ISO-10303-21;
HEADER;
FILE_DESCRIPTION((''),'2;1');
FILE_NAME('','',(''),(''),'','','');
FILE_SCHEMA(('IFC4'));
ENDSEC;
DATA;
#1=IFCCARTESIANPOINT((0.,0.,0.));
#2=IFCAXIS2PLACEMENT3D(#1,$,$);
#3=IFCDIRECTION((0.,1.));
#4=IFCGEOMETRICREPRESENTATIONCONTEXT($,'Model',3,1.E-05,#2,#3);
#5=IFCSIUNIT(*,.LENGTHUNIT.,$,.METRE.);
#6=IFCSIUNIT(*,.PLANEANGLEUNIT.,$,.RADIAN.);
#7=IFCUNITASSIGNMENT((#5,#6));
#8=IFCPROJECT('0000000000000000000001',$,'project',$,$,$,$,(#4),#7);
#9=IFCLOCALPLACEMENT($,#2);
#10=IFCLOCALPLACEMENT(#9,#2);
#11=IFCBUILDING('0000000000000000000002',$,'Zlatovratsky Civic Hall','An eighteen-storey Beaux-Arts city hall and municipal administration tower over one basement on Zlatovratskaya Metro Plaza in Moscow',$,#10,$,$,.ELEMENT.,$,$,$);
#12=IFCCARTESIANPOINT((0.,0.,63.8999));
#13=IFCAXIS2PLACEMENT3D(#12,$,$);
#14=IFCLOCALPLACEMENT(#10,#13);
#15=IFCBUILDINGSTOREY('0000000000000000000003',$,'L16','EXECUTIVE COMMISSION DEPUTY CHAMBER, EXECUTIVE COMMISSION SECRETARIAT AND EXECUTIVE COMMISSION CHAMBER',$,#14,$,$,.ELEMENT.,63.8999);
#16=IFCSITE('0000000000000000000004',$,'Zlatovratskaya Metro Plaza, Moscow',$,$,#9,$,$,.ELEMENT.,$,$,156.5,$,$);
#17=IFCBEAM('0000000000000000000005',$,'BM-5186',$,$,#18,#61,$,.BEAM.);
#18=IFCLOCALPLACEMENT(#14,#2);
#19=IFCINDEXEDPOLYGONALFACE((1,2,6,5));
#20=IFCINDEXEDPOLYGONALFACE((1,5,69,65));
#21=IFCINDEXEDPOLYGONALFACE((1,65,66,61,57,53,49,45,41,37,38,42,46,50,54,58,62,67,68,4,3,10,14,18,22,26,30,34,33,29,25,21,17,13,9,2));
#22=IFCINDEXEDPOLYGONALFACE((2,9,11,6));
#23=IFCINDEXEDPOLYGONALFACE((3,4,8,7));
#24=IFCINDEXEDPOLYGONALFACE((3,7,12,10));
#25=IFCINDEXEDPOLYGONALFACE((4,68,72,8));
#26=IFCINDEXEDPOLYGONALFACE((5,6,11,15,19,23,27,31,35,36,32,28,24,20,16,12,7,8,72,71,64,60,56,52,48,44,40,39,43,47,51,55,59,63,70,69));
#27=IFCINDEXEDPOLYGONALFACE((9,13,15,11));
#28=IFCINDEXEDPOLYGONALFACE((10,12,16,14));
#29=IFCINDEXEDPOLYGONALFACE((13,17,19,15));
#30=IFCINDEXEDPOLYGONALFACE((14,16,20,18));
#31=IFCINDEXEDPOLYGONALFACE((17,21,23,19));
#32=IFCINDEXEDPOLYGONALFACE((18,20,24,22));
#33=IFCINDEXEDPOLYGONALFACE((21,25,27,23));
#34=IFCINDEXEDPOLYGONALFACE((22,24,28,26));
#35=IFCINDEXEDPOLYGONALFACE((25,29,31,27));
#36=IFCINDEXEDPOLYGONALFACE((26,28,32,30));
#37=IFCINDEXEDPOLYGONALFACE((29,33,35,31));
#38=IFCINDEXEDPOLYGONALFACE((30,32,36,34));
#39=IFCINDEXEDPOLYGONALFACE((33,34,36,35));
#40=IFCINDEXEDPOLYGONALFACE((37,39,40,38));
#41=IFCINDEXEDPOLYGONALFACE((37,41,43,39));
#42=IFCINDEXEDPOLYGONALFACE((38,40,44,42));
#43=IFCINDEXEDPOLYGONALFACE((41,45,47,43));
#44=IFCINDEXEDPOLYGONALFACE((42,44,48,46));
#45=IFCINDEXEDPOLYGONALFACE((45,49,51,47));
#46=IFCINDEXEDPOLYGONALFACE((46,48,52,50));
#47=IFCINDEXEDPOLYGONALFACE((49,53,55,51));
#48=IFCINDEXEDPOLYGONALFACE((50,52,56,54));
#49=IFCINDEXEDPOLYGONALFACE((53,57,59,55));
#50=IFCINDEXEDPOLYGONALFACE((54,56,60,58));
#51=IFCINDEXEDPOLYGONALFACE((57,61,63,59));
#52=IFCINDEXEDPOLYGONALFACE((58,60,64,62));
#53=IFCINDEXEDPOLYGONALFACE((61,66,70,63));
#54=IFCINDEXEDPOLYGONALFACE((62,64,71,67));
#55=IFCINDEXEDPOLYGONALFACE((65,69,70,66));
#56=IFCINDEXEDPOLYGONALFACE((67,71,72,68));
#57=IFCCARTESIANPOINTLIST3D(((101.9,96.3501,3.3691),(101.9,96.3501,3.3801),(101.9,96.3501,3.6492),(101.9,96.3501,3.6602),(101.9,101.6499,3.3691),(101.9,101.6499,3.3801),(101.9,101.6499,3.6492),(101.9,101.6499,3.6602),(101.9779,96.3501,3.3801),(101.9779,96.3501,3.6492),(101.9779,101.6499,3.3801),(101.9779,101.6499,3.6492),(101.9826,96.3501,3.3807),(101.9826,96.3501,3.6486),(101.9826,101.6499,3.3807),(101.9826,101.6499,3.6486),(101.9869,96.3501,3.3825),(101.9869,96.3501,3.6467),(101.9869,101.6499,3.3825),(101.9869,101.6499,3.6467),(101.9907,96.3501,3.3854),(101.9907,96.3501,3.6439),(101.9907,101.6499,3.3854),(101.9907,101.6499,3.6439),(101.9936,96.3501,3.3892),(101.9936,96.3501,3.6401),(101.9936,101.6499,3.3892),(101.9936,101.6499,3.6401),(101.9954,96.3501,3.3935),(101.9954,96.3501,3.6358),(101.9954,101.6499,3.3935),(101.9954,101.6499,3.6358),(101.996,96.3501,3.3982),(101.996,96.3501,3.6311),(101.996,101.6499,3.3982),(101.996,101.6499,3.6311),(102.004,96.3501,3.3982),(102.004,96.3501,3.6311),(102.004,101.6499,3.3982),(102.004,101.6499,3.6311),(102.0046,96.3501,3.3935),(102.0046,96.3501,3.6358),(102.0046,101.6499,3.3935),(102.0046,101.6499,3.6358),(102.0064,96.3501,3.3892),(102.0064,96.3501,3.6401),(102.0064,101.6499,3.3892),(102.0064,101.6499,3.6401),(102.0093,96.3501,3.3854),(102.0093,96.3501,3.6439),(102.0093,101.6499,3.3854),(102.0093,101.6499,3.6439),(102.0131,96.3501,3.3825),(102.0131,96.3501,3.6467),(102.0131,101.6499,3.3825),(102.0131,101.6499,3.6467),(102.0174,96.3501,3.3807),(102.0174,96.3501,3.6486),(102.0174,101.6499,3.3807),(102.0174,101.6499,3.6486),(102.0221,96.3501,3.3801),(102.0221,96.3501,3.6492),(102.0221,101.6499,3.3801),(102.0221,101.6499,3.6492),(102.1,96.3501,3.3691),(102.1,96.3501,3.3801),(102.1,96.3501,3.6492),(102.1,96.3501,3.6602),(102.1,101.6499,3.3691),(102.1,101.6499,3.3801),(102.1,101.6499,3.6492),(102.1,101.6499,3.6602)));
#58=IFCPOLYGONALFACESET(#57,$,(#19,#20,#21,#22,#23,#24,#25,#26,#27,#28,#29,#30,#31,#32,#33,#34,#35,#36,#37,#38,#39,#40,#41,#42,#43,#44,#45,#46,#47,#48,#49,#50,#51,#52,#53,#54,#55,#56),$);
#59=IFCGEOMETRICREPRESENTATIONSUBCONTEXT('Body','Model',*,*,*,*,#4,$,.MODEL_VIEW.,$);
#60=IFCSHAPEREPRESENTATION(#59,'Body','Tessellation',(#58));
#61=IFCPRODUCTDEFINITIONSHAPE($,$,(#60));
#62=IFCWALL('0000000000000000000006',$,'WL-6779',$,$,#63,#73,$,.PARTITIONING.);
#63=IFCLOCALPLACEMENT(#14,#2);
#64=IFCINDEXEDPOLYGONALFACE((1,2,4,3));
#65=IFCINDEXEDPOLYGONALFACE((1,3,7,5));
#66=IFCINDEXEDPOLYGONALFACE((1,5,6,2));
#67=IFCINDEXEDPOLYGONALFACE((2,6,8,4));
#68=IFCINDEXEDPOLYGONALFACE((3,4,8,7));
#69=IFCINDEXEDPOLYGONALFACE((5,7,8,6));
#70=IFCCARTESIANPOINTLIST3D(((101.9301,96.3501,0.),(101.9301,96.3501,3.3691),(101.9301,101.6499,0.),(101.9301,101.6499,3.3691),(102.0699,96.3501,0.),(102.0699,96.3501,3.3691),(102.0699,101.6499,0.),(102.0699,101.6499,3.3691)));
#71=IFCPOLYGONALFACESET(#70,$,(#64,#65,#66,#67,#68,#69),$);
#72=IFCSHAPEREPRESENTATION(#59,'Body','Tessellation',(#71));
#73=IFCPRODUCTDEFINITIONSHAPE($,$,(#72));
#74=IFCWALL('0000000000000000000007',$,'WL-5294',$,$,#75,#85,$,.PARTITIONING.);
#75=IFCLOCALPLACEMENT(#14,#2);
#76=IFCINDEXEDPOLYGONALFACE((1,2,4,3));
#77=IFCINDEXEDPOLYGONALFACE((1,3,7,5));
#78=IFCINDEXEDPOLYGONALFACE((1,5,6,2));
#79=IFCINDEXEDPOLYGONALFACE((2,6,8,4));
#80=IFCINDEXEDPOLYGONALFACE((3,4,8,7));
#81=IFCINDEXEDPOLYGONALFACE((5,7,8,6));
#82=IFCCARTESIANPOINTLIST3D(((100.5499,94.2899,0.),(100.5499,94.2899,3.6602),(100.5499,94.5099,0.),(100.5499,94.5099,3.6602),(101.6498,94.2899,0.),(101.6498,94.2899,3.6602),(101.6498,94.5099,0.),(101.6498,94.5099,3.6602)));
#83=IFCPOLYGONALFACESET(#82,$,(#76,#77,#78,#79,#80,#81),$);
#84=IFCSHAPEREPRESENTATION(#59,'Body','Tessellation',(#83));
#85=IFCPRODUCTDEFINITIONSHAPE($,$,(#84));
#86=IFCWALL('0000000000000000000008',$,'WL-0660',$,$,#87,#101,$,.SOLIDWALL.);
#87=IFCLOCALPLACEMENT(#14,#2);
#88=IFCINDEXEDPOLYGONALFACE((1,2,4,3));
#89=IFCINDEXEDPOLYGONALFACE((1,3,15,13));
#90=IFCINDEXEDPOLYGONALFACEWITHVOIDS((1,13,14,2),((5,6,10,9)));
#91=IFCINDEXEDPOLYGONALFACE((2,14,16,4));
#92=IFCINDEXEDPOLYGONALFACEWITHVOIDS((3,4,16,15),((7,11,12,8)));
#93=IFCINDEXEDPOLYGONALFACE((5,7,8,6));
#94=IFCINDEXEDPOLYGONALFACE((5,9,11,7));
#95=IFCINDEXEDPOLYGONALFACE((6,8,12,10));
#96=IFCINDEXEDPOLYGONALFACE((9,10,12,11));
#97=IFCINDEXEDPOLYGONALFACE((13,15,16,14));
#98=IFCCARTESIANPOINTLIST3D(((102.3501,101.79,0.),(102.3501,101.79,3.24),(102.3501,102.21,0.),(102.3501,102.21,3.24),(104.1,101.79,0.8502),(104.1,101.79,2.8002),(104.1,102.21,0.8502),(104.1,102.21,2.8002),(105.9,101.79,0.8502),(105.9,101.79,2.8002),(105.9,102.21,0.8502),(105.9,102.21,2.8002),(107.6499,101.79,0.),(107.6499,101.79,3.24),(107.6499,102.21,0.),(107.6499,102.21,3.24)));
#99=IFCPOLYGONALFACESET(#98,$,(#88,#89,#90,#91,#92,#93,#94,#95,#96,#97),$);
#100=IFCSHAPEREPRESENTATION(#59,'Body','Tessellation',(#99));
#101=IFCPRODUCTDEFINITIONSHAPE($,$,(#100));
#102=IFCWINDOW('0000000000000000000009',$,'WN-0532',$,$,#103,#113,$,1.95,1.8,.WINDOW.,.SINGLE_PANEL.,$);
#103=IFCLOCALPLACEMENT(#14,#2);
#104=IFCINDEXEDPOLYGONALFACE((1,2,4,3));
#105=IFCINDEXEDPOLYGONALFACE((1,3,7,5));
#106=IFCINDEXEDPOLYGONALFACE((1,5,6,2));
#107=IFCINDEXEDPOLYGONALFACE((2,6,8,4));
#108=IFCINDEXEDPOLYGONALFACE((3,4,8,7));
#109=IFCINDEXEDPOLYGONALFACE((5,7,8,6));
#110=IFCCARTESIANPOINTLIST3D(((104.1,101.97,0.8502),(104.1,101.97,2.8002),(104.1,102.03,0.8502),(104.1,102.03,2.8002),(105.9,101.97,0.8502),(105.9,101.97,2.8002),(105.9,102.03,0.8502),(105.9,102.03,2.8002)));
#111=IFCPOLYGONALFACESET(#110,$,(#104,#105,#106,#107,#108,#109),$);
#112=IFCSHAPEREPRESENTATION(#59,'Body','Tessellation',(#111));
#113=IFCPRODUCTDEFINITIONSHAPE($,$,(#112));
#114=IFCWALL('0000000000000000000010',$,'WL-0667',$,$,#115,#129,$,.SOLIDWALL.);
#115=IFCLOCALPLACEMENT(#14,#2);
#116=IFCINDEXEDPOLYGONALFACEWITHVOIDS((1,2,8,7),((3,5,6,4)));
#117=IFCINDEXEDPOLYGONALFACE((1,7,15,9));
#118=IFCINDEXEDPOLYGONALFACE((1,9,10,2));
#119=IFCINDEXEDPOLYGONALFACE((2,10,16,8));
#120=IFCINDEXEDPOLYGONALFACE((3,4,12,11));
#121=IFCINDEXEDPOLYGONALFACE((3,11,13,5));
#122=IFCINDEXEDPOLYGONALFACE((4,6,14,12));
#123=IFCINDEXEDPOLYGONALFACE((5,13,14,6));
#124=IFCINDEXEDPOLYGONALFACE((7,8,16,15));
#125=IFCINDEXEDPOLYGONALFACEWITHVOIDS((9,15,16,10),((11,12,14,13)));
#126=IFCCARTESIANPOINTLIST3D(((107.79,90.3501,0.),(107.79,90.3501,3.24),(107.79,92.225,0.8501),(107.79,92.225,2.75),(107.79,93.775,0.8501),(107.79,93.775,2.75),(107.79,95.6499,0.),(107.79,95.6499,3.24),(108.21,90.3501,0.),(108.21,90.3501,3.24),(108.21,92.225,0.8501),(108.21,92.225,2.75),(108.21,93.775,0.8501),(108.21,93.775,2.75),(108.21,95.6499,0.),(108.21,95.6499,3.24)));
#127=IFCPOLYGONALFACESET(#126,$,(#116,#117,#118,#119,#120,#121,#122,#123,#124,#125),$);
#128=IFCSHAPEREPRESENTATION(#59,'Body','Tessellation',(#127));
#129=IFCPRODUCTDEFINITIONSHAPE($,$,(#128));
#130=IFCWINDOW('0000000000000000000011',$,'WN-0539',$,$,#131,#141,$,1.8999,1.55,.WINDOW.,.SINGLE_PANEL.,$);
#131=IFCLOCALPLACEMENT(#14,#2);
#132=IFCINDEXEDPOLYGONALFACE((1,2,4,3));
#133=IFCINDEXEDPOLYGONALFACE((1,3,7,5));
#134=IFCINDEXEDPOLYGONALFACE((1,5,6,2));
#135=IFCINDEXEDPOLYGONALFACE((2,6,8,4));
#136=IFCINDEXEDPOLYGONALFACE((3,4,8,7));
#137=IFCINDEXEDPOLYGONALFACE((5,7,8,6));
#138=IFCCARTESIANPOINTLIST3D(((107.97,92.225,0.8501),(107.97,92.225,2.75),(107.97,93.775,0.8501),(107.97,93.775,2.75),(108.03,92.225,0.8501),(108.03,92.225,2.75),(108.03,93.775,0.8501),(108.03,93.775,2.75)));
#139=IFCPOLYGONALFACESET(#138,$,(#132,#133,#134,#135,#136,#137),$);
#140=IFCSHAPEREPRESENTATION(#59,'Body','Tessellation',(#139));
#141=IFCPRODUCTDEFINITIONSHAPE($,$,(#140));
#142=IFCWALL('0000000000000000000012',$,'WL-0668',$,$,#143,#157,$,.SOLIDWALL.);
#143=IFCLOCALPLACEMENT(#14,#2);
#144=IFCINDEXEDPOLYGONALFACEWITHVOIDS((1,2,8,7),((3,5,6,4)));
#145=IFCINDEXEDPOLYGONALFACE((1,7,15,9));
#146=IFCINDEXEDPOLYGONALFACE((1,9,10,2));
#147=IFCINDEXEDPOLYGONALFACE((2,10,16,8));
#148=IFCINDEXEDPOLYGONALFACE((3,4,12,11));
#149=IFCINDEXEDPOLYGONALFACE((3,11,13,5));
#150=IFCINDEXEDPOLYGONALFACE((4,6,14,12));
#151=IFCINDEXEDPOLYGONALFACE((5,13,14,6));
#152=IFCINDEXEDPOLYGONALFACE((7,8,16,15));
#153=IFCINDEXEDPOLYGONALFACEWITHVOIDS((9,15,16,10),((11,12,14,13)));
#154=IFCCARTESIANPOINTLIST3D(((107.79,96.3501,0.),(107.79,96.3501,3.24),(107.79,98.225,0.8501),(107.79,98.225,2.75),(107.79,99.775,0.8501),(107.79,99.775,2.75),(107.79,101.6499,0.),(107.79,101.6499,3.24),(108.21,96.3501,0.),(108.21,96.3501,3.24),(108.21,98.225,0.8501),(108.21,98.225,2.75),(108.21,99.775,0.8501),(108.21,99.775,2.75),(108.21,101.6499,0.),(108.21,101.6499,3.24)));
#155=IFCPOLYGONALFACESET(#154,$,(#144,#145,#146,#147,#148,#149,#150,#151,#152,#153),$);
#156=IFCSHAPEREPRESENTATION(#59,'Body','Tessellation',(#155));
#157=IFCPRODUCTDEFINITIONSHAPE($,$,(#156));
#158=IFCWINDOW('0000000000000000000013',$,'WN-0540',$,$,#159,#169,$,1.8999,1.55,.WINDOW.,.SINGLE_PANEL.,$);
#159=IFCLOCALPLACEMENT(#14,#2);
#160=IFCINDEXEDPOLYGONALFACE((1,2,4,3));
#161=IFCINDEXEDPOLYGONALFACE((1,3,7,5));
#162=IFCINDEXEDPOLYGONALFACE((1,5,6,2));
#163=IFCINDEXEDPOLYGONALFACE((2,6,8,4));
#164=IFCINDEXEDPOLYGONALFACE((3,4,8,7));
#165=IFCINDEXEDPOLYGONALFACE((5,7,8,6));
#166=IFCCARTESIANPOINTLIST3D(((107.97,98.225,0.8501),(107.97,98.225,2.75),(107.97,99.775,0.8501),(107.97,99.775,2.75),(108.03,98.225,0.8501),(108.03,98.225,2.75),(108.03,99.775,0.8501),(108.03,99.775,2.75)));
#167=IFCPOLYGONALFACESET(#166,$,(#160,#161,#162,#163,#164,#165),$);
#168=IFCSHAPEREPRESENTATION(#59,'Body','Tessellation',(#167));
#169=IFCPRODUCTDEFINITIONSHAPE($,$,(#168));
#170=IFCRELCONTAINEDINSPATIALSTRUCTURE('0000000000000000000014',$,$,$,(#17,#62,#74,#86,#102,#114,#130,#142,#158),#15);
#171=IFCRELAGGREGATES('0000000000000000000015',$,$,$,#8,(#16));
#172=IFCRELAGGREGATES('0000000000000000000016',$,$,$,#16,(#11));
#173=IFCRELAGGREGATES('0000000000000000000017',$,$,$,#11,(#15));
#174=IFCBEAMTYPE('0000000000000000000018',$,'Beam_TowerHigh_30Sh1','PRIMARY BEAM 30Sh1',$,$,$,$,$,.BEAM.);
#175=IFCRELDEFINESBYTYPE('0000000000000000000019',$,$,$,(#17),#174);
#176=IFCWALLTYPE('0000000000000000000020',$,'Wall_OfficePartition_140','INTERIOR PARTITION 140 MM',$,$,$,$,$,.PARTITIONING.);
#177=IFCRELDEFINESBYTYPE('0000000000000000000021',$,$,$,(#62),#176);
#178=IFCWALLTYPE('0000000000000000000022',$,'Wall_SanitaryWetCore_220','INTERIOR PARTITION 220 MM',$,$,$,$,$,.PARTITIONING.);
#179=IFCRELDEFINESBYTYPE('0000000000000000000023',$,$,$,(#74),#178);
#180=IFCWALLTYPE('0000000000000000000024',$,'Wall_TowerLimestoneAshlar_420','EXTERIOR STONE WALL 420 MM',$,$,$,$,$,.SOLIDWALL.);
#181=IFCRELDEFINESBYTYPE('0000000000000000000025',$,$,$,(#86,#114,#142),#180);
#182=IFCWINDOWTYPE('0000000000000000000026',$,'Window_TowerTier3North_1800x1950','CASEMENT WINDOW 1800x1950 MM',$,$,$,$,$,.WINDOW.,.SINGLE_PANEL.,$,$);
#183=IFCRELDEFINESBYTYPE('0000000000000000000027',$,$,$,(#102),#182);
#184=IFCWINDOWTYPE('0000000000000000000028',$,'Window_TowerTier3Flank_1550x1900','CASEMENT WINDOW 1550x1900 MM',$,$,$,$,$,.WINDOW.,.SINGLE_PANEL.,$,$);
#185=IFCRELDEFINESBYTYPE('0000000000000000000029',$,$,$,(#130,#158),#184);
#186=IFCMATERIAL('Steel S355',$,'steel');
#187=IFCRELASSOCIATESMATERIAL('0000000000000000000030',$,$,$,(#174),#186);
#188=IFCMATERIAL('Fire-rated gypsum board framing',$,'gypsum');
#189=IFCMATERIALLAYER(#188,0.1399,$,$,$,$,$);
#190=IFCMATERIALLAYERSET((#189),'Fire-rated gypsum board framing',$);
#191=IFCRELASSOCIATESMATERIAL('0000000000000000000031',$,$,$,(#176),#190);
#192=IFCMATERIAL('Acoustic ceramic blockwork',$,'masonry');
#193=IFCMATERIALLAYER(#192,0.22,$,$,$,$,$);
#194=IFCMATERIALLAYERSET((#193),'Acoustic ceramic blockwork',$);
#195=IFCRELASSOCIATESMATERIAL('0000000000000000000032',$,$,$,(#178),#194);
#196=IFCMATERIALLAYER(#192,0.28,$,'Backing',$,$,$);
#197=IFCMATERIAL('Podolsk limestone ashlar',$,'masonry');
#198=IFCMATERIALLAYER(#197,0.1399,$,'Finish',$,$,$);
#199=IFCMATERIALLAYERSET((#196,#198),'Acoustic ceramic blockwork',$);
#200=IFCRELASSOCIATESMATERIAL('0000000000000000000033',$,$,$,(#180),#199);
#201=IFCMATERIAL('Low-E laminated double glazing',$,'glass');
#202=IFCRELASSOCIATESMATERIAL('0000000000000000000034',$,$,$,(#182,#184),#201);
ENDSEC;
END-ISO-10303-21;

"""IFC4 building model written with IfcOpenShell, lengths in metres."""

from ifc_helpers import new_model, si_unit, direction, frame, frame_2d, origin, origin_2d, place, context, subcontext, project, spatial, rectangle, i_section, extrude, material, layer, layer_set, material_profile, profile_set, type_object, element, fill, save


model = new_model("IFC4")

# Units and contexts
model_context = context("Model", 3, precision=1e-05, world=origin(), true_north=direction((0.0, 1.0)))
body_context = subcontext(model_context, "Body", "Model", "MODEL_VIEW")
ifc_project = project(units=[si_unit("LENGTHUNIT", "METRE"), si_unit("PLANEANGLEUNIT", "RADIAN")], contexts=[model_context])

# Site, building, storey
site_placement = place(None, origin())
site = spatial("IfcSite", under=ifc_project, at=site_placement, Name="Zlatovratskaya Metro Plaza, Moscow", CompositionType="ELEMENT", RefElevation=156.5)
building_placement = place(site_placement, origin())
building = spatial("IfcBuilding", under=site, at=building_placement, Name="Zlatovratsky Civic Hall", Description="An eighteen-storey Beaux-Arts city hall and municipal administration tower over one basement on Zlatovratskaya Metro Plaza in Moscow", CompositionType="ELEMENT")
storey_placement = place(building_placement, frame((0.0, 0.0, 63.8999)))
storey = spatial("IfcBuildingStorey", under=building, at=storey_placement, Name="L16", Description="EXECUTIVE COMMISSION DEPUTY CHAMBER, EXECUTIVE COMMISSION SECRETARIAT AND EXECUTIVE COMMISSION CHAMBER", CompositionType="ELEMENT", Elevation=63.8999)

# Beam
ifc_material_1 = material(Name="Steel S355", Category="steel")
ifc_material_profile_1 = material_profile(ifc_material_1, i_section(OverallWidth=0.2, OverallDepth=0.291, WebThickness=0.0081, FlangeThickness=0.011, FilletRadius=0.0181, at=origin_2d()), Name="30Sh1")
ifc_profile_set_1 = profile_set([ifc_material_profile_1], Name="Steel S355")
beam_type_1 = type_object("IfcBeamType", Name="Beam_TowerHigh_30Sh1", Description="PRIMARY BEAM 30Sh1", PredefinedType="BEAM", material=ifc_profile_set_1)
for number, where, z_axis, x_axis, name in (
    (1, (102.0, 96.3501, 3.5146), (0.0, 1.0, 0.0), (-1.0, 0.0, 0.0), "BM-5186"),
):
    element("IfcBeam", number, at=place(storey_placement, frame(where, z_axis=z_axis, x_axis=x_axis)), inside=storey, type_object=beam_type_1, Name=name, PredefinedType="BEAM", context=body_context, shape_type="SweptSolid", body=[
        extrude(i_section(OverallWidth=0.2, OverallDepth=0.291, WebThickness=0.0081, FlangeThickness=0.011, FilletRadius=0.0181, at=origin_2d()), origin(), (0.0, 0.0, 1.0), 5.2998),
    ])

# Walls
ifc_material_2 = material(Name="Fire-rated gypsum board framing", Category="gypsum")
ifc_layer_1 = layer(ifc_material_2, 0.1399)
ifc_layer_set_1 = layer_set([ifc_layer_1], Name="Fire-rated gypsum board framing")
wall_type_1 = type_object("IfcWallType", Name="Wall_OfficePartition_140", Description="INTERIOR PARTITION 140 MM", PredefinedType="PARTITIONING", material=ifc_layer_set_1)
wall_1_placement = place(storey_placement, frame((102.0, 96.3501, 0.0), z_axis=(0.0, 0.0, 1.0), x_axis=(0.0, 1.0, 0.0)))
element("IfcWall", 2, at=wall_1_placement, inside=storey, type_object=wall_type_1, Name="WL-6779", PredefinedType="PARTITIONING", context=body_context, shape_type="SweptSolid", body=[
    extrude(rectangle(XDim=5.2998, YDim=0.1399, at=frame_2d((2.6499, 0.0))), origin(), (0.0, 0.0, 1.0), 3.3691),
])
ifc_material_3 = material(Name="Acoustic ceramic blockwork", Category="masonry")
ifc_layer_2 = layer(ifc_material_3, 0.22)
ifc_layer_set_2 = layer_set([ifc_layer_2], Name="Acoustic ceramic blockwork")
wall_type_2 = type_object("IfcWallType", Name="Wall_SanitaryWetCore_220", Description="INTERIOR PARTITION 220 MM", PredefinedType="PARTITIONING", material=ifc_layer_set_2)
wall_2_placement = place(storey_placement, frame((100.55, 94.3999, 0.0), z_axis=(0.0, 0.0, 1.0), x_axis=(1.0, 0.0, 0.0)))
element("IfcWall", 3, at=wall_2_placement, inside=storey, type_object=wall_type_2, Name="WL-5294", PredefinedType="PARTITIONING", context=body_context, shape_type="SweptSolid", body=[
    extrude(rectangle(XDim=1.0999, YDim=0.22, at=frame_2d((0.5498, 0.0))), origin(), (0.0, 0.0, 1.0), 3.6602),
])

# Walls, openings, windows
ifc_layer_3 = layer(ifc_material_3, 0.28, Name="Backing")
ifc_material_4 = material(Name="Podolsk limestone ashlar", Category="masonry")
ifc_layer_4 = layer(ifc_material_4, 0.1399, Name="Finish")
ifc_layer_set_3 = layer_set([ifc_layer_3, ifc_layer_4], Name="Acoustic ceramic blockwork")
wall_type_3 = type_object("IfcWallType", Name="Wall_TowerLimestoneAshlar_420", Description="EXTERIOR STONE WALL 420 MM", PredefinedType="SOLIDWALL", material=ifc_layer_set_3)
wall_3_placement = place(storey_placement, frame((102.3501, 102.0, 0.0), z_axis=(0.0, 0.0, 1.0), x_axis=(1.0, 0.0, 0.0)))
wall_3 = element("IfcWall", 4, at=wall_3_placement, inside=storey, type_object=wall_type_3, Name="WL-0660", PredefinedType="SOLIDWALL", context=body_context, shape_type="SweptSolid", body=[
    extrude(rectangle(XDim=5.2998, YDim=0.4199, at=frame_2d((2.6499, 0.0))), origin(), (0.0, 0.0, 1.0), 3.24),
])
opening_1_placement = place(wall_3_placement, frame((1.75, 0.0, 0.8501)))
opening_1 = element("IfcOpeningElement", 5, at=opening_1_placement, cuts=wall_3, PredefinedType="OPENING", context=body_context, shape_type="SweptSolid", body=[
    extrude(rectangle(XDim=1.8, YDim=1.95, at=frame_2d((0.8999, 0.9751))), frame((0.0, 0.2249, 0.0), z_axis=(0.0, -1.0, 0.0), x_axis=(1.0, 0.0, 0.0)), (0.0, 0.0, 1.0), 0.4497),
])
ifc_material_5 = material(Name="Low-E laminated double glazing", Category="glass")
window_type_1 = type_object("IfcWindowType", Name="Window_TowerTier3North_1800x1950", Description="CASEMENT WINDOW 1800x1950 MM", PartitioningType="SINGLE_PANEL", PredefinedType="WINDOW", material=ifc_material_5)
window_1_placement = place(opening_1_placement, origin())
window_1 = element("IfcWindow", 6, at=window_1_placement, inside=storey, type_object=window_type_1, Name="WN-0532", OverallHeight=1.95, OverallWidth=1.8, PartitioningType="SINGLE_PANEL", PredefinedType="WINDOW", context=body_context, shape_type="SweptSolid", body=[
    extrude(rectangle(XDim=1.8, YDim=1.95, at=frame_2d((0.8999, 0.9751))), frame((0.0, 0.03, 0.0), z_axis=(0.0, -1.0, 0.0), x_axis=(1.0, 0.0, 0.0)), (0.0, 0.0, 1.0), 0.0601),
])
fill(opening_1, window_1)
wall_4_placement = place(storey_placement, frame((108.0, 90.3501, 0.0), z_axis=(0.0, 0.0, 1.0), x_axis=(0.0, 1.0, 0.0)))
wall_4 = element("IfcWall", 7, at=wall_4_placement, inside=storey, type_object=wall_type_3, Name="WL-0667", PredefinedType="SOLIDWALL", context=body_context, shape_type="SweptSolid", body=[
    extrude(rectangle(XDim=5.2998, YDim=0.4199, at=frame_2d((2.6499, 0.0))), origin(), (0.0, 0.0, 1.0), 3.24),
])
opening_2_placement = place(wall_4_placement, frame((1.875, 0.0, 0.8501)))
opening_2 = element("IfcOpeningElement", 8, at=opening_2_placement, cuts=wall_4, PredefinedType="OPENING", context=body_context, shape_type="SweptSolid", body=[
    extrude(rectangle(XDim=1.55, YDim=1.8999, at=frame_2d((0.7749, 0.95))), frame((0.0, 0.2249, 0.0), z_axis=(0.0, -1.0, 0.0), x_axis=(1.0, 0.0, 0.0)), (0.0, 0.0, 1.0), 0.4497),
])
window_type_2 = type_object("IfcWindowType", Name="Window_TowerTier3Flank_1550x1900", Description="CASEMENT WINDOW 1550x1900 MM", PartitioningType="SINGLE_PANEL", PredefinedType="WINDOW", material=ifc_material_5)
window_2_placement = place(opening_2_placement, origin())
window_2 = element("IfcWindow", 9, at=window_2_placement, inside=storey, type_object=window_type_2, Name="WN-0539", OverallHeight=1.8999, OverallWidth=1.55, PartitioningType="SINGLE_PANEL", PredefinedType="WINDOW", context=body_context, shape_type="SweptSolid", body=[
    extrude(rectangle(XDim=1.55, YDim=1.8999, at=frame_2d((0.7749, 0.95))), frame((0.0, 0.03, 0.0), z_axis=(0.0, -1.0, 0.0), x_axis=(1.0, 0.0, 0.0)), (0.0, 0.0, 1.0), 0.0601),
])
fill(opening_2, window_2)
wall_5_placement = place(storey_placement, frame((108.0, 96.3501, 0.0), z_axis=(0.0, 0.0, 1.0), x_axis=(0.0, 1.0, 0.0)))
wall_5 = element("IfcWall", 10, at=wall_5_placement, inside=storey, type_object=wall_type_3, Name="WL-0668", PredefinedType="SOLIDWALL", context=body_context, shape_type="SweptSolid", body=[
    extrude(rectangle(XDim=5.2998, YDim=0.4199, at=frame_2d((2.6499, 0.0))), origin(), (0.0, 0.0, 1.0), 3.24),
])
opening_3_placement = place(wall_5_placement, frame((1.875, 0.0, 0.8501)))
opening_3 = element("IfcOpeningElement", 11, at=opening_3_placement, cuts=wall_5, PredefinedType="OPENING", context=body_context, shape_type="SweptSolid", body=[
    extrude(rectangle(XDim=1.55, YDim=1.8999, at=frame_2d((0.7749, 0.95))), frame((0.0, 0.2249, 0.0), z_axis=(0.0, -1.0, 0.0), x_axis=(1.0, 0.0, 0.0)), (0.0, 0.0, 1.0), 0.4497),
])
window_3_placement = place(opening_3_placement, origin())
window_3 = element("IfcWindow", 12, at=window_3_placement, inside=storey, type_object=window_type_2, Name="WN-0540", OverallHeight=1.8999, OverallWidth=1.55, PartitioningType="SINGLE_PANEL", PredefinedType="WINDOW", context=body_context, shape_type="SweptSolid", body=[
    extrude(rectangle(XDim=1.55, YDim=1.8999, at=frame_2d((0.7749, 0.95))), frame((0.0, 0.03, 0.0), z_axis=(0.0, -1.0, 0.0), x_axis=(1.0, 0.0, 0.0)), (0.0, 0.0, 1.0), 0.0601),
])
fill(opening_3, window_3)

save(model, "model.ifc")
